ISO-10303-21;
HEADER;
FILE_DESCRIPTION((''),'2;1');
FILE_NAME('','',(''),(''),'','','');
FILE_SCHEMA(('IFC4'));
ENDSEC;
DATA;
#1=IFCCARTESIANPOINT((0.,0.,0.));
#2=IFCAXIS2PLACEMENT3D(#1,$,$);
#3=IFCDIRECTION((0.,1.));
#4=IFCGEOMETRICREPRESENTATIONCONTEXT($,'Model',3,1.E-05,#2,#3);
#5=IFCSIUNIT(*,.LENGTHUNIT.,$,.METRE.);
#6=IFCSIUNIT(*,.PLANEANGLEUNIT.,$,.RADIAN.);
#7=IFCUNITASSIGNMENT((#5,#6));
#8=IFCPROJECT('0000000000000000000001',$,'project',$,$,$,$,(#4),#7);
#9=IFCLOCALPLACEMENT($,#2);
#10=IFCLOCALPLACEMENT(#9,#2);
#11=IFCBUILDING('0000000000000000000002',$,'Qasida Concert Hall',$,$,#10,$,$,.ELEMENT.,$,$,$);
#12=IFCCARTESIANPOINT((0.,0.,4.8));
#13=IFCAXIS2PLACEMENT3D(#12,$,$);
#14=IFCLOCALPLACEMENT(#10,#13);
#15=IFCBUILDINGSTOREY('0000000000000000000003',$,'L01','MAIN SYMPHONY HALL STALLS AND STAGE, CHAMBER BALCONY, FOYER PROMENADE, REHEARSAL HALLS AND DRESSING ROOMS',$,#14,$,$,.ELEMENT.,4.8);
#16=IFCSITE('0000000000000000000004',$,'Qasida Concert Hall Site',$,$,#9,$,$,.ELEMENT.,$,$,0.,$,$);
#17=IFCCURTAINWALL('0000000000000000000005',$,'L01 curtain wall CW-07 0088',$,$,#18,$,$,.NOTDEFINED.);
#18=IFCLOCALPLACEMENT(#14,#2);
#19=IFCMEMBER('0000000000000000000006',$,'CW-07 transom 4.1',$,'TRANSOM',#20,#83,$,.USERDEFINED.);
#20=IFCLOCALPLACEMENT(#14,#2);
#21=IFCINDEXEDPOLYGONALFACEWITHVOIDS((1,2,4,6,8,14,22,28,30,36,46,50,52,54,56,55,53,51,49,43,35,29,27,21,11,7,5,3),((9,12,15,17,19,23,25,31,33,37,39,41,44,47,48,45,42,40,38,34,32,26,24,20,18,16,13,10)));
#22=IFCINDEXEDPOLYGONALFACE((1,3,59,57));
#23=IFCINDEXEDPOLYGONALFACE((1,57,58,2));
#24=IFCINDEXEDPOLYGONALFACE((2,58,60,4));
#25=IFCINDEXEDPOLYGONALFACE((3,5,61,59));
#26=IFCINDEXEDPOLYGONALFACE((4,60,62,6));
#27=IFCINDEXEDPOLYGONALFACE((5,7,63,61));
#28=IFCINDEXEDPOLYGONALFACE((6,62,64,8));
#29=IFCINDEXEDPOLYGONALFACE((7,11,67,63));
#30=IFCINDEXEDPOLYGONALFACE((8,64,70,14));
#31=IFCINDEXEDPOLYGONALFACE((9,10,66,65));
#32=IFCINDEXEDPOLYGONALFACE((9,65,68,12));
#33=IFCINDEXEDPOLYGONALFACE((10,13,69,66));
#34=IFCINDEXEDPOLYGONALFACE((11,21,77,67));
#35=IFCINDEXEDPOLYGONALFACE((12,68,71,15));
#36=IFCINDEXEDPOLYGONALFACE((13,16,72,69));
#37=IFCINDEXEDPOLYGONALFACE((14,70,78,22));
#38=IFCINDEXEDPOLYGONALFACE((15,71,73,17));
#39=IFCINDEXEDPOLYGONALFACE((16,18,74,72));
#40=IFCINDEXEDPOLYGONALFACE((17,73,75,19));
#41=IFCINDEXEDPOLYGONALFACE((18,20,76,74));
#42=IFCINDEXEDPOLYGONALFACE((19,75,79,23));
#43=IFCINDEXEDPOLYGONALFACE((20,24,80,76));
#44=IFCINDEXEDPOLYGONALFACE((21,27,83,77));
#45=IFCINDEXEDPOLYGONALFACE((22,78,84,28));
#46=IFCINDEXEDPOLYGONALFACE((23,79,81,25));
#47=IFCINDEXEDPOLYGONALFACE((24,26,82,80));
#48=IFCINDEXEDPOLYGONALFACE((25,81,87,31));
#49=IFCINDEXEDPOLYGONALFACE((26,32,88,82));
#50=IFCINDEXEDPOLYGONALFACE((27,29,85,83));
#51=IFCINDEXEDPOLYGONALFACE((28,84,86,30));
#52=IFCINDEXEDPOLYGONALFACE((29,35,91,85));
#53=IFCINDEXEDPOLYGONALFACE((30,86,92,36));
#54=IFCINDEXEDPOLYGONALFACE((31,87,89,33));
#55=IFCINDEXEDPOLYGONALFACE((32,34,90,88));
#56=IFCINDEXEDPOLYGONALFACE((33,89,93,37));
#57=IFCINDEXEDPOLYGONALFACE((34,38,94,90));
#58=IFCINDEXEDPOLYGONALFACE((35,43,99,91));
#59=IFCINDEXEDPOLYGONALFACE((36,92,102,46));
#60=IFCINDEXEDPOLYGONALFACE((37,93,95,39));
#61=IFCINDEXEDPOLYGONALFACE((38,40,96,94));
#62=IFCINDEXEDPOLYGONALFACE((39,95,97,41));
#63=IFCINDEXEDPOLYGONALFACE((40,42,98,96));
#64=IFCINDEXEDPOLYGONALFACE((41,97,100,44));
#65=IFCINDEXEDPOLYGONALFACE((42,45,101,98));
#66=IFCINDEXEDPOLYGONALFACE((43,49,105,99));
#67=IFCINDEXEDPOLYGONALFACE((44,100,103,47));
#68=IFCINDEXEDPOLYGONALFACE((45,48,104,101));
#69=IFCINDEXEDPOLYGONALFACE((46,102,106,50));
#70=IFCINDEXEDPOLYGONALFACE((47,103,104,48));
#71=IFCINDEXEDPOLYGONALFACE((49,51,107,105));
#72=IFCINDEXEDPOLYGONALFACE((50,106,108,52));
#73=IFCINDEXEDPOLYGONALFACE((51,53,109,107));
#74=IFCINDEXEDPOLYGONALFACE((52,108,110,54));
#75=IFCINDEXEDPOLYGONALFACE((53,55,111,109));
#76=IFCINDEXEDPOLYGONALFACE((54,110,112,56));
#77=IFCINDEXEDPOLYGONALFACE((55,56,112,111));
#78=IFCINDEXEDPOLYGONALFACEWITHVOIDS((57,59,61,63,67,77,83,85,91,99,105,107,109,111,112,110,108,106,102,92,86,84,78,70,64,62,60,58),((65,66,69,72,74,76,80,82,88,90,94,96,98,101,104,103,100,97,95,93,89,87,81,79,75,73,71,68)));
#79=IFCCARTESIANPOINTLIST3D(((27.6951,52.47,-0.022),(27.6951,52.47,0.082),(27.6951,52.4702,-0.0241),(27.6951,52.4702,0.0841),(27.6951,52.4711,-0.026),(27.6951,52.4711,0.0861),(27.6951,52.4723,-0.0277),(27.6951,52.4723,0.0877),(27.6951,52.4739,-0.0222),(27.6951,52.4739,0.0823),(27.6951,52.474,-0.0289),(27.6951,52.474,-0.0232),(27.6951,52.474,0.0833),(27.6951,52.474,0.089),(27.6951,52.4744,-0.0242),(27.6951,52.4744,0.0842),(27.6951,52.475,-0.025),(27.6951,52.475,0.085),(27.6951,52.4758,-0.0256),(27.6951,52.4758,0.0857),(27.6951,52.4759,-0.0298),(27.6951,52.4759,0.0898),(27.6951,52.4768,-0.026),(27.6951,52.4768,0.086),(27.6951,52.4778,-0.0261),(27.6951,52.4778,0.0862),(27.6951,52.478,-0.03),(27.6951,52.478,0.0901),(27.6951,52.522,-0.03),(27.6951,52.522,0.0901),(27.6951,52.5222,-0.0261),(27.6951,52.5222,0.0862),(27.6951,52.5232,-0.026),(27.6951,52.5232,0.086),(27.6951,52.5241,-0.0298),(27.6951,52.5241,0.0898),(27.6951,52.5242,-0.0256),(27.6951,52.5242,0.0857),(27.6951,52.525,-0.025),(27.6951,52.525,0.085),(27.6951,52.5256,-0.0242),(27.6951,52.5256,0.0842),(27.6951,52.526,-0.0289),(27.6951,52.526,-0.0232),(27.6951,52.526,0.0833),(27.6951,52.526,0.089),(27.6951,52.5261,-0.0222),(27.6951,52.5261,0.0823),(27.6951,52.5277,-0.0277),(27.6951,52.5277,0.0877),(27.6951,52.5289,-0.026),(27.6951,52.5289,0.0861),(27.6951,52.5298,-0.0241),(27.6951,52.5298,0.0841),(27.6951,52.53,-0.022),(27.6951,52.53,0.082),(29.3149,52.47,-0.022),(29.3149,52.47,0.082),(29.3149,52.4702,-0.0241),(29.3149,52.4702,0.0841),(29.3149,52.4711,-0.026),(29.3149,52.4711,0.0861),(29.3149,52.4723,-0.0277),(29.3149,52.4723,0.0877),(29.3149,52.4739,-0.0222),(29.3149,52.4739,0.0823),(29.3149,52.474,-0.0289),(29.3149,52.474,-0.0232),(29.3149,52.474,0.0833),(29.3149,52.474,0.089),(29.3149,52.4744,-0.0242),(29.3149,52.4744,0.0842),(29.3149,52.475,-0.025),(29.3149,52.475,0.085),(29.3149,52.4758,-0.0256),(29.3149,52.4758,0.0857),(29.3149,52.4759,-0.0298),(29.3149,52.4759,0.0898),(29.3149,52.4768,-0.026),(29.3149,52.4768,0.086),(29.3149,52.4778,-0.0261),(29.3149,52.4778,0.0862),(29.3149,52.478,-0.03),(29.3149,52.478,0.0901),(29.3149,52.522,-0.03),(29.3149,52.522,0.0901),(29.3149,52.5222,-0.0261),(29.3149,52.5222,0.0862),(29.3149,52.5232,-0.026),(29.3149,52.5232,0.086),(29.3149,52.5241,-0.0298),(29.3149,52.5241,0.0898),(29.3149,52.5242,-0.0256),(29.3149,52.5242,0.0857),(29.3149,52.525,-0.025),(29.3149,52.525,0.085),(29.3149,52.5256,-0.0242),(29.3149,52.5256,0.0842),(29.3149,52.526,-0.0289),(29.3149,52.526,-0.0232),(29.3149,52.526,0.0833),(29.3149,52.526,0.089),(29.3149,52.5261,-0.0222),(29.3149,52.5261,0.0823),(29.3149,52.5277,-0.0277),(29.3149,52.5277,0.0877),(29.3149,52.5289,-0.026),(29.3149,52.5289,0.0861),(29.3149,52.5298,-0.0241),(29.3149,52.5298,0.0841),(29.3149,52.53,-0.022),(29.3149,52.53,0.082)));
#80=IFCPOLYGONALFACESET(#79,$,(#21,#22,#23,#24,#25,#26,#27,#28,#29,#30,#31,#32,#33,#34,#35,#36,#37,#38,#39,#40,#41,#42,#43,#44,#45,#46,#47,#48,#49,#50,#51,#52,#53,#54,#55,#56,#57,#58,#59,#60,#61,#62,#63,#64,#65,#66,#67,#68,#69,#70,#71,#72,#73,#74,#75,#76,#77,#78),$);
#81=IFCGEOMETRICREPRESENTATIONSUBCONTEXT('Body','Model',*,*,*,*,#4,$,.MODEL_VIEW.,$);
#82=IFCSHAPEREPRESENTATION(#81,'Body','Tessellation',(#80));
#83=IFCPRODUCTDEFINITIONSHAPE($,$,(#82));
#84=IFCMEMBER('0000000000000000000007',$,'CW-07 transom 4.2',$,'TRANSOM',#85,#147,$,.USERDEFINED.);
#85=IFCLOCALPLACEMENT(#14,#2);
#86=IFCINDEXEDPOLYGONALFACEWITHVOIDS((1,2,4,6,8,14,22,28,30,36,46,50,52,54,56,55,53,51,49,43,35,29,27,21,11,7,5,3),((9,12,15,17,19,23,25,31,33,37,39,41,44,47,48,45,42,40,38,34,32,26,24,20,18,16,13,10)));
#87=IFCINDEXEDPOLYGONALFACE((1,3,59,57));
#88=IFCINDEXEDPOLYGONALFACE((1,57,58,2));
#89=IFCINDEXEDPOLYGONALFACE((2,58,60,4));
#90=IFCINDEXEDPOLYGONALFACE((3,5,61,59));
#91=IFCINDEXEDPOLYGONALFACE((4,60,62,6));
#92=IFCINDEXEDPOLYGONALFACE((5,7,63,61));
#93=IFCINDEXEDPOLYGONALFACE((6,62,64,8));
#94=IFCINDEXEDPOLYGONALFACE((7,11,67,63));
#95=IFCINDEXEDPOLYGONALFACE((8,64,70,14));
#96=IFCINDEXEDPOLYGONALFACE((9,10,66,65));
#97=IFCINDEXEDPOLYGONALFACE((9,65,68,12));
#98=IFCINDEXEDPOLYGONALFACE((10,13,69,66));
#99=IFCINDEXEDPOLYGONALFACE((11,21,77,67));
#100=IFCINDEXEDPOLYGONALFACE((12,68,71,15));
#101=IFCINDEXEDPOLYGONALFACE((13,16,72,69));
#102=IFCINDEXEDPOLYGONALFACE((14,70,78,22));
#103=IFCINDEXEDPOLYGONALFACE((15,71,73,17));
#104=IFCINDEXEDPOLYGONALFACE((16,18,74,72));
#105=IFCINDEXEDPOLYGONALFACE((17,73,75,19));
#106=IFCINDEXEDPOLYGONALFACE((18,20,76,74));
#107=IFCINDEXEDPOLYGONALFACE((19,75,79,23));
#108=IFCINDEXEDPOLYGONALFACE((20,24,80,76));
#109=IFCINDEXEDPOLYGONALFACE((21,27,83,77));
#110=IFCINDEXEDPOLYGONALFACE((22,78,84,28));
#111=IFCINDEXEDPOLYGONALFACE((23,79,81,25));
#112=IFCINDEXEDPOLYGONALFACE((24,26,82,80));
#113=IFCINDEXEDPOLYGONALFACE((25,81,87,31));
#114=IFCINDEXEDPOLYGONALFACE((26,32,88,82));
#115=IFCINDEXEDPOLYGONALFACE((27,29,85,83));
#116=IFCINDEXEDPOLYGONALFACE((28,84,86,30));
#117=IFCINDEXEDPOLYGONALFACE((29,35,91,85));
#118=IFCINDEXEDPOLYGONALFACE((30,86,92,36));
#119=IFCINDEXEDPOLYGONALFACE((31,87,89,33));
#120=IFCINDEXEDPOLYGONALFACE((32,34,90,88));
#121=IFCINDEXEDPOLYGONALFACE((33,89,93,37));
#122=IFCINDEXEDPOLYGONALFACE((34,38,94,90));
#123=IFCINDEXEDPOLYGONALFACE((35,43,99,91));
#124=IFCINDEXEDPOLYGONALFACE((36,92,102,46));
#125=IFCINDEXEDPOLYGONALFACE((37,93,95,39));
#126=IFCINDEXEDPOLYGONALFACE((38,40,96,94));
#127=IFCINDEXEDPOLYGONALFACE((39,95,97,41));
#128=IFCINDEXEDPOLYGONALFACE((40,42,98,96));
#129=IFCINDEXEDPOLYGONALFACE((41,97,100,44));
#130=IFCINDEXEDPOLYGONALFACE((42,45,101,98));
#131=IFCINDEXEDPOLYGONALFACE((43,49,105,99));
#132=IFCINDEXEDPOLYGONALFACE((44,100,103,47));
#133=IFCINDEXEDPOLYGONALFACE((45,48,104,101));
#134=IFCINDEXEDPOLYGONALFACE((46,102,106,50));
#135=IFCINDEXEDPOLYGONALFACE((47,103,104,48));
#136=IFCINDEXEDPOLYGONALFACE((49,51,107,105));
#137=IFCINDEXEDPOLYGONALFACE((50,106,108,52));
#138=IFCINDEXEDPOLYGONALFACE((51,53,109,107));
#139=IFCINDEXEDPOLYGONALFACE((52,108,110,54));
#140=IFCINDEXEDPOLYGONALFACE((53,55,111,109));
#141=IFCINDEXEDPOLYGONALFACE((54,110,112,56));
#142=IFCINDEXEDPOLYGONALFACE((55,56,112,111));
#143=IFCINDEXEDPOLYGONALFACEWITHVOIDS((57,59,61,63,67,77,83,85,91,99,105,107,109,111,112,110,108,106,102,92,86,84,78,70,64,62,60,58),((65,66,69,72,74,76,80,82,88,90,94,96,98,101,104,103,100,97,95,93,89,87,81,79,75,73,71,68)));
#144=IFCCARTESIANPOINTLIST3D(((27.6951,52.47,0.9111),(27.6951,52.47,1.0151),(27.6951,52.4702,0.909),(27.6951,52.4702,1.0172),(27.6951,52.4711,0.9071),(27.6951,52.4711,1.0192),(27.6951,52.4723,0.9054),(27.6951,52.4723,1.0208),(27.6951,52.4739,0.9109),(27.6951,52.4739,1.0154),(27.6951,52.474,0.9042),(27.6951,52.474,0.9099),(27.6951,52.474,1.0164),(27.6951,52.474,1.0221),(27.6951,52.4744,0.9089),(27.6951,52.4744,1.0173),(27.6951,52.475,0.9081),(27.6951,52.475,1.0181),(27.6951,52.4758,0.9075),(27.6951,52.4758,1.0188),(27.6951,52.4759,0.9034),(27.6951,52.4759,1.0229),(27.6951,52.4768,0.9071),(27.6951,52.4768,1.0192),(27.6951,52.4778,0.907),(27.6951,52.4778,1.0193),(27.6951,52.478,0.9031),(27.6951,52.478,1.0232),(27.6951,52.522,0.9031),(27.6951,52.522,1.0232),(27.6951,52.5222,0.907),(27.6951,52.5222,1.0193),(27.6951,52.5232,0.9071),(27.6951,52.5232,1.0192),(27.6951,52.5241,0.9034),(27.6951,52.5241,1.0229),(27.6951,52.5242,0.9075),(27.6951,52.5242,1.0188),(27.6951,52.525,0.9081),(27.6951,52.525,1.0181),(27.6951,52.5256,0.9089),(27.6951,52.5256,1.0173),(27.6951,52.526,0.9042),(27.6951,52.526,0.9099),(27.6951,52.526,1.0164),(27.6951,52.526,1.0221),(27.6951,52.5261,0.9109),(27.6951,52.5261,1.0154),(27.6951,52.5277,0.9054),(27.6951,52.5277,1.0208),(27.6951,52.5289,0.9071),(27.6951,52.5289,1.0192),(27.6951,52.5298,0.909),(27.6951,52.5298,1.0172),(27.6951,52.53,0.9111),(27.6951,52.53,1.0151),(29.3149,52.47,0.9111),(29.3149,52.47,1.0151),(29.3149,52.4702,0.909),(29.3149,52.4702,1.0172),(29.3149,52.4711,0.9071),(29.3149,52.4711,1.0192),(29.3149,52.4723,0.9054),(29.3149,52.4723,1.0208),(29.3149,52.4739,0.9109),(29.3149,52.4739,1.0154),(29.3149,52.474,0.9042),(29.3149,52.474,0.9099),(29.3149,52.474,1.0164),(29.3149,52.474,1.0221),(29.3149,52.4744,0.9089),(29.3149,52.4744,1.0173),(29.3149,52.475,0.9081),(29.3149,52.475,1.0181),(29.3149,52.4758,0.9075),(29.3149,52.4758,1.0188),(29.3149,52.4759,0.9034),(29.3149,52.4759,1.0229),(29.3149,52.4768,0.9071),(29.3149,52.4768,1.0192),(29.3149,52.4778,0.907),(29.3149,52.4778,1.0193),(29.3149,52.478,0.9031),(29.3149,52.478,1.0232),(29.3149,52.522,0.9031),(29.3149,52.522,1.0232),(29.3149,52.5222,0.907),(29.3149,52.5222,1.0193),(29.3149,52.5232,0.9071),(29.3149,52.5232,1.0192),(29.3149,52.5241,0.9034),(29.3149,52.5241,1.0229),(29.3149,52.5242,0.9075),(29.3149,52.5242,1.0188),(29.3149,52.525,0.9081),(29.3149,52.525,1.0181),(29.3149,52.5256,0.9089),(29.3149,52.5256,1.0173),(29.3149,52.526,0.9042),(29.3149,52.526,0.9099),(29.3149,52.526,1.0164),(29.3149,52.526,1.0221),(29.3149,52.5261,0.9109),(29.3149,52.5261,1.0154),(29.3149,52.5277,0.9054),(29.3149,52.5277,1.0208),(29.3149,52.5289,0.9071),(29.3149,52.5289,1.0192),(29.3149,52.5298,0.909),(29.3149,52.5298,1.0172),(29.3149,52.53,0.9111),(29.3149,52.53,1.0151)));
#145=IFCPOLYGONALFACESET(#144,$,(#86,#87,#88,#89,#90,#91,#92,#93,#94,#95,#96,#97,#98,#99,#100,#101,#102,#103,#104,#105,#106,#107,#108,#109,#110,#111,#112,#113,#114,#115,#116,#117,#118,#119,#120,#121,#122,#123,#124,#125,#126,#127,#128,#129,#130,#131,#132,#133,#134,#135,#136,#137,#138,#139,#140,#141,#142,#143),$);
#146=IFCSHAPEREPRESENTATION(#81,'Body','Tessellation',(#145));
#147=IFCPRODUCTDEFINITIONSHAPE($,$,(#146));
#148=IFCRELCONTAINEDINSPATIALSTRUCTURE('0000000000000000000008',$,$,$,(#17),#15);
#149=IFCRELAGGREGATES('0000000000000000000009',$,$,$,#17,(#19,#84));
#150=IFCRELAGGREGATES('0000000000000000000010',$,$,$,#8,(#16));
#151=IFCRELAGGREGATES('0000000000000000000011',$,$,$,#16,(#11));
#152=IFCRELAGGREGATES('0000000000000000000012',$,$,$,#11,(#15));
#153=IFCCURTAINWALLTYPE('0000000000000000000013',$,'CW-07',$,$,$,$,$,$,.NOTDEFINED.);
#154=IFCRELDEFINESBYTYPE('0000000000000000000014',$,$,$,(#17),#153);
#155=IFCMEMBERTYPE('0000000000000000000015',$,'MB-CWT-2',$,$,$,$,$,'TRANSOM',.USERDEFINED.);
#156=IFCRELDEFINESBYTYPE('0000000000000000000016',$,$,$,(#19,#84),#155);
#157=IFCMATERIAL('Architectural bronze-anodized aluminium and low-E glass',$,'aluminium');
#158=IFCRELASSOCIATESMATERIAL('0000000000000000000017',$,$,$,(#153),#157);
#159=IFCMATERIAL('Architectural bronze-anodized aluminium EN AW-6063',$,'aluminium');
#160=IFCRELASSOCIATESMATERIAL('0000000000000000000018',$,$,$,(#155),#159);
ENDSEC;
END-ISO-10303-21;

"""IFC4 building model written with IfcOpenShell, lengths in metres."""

from ifc_helpers import new_model, si_unit, direction, frame, origin, origin_2d, place, context, subcontext, project, spatial, hollow_rectangle, extrude, material, material_profile, profile_set, type_object, element, aggregate, save


model = new_model("IFC4")

# Units and contexts
model_context = context("Model", 3, precision=1e-05, world=origin(), true_north=direction((0.0, 1.0)))
body_context = subcontext(model_context, "Body", "Model", "MODEL_VIEW")
ifc_project = project(units=[si_unit("LENGTHUNIT", "METRE"), si_unit("PLANEANGLEUNIT", "RADIAN")], contexts=[model_context])

# Site, building, storey
site_placement = place(None, origin())
site = spatial("IfcSite", under=ifc_project, at=site_placement, Name="Qasida Concert Hall Site", CompositionType="ELEMENT", RefElevation=0.0)
building_placement = place(site_placement, origin())
building = spatial("IfcBuilding", under=site, at=building_placement, Name="Qasida Concert Hall", CompositionType="ELEMENT")
storey_placement = place(building_placement, frame((0.0, 0.0, 4.8)))
storey = spatial("IfcBuildingStorey", under=building, at=storey_placement, Name="L01", Description="MAIN SYMPHONY HALL STALLS AND STAGE, CHAMBER BALCONY, FOYER PROMENADE, REHEARSAL HALLS AND DRESSING ROOMS", CompositionType="ELEMENT", Elevation=4.8)

# Curtain wall, members
ifc_material_1 = material(Name="Architectural bronze-anodized aluminium and low-E glass", Category="aluminium")
curtain_wall_type = type_object("IfcCurtainWallType", Name="CW-07", PredefinedType="NOTDEFINED", material=ifc_material_1)
curtain_wall_placement = place(storey_placement, origin())
curtain_wall = element("IfcCurtainWall", 1, at=curtain_wall_placement, inside=storey, type_object=curtain_wall_type, Name="L01 curtain wall CW-07 0088", PredefinedType="NOTDEFINED")
ifc_material_2 = material(Name="Architectural bronze-anodized aluminium EN AW-6063", Category="aluminium")
ifc_material_profile_1 = material_profile(ifc_material_2, hollow_rectangle(XDim=0.0601, YDim=0.1201, WallThickness=0.0039, InnerFilletRadius=0.0039, OuterFilletRadius=0.0081, at=origin_2d()), Name="CWT 120x60x4")
ifc_profile_set_1 = profile_set([ifc_material_profile_1], Name="Architectural bronze-anodized aluminium EN AW-6063")
member_type_1 = type_object("IfcMemberType", Name="MB-CWT-2", ElementType="TRANSOM", PredefinedType="USERDEFINED", material=ifc_profile_set_1)
member_1_placement = place(storey_placement, frame((27.6951, 52.5, 0.03), z_axis=(1.0, 0.0, 0.0), x_axis=(0.0, 1.0, 0.0)))
member_1 = element("IfcMember", 2, at=member_1_placement, type_object=member_type_1, Name="CW-07 transom 4.1", ObjectType="TRANSOM", PredefinedType="USERDEFINED", context=body_context, shape_type="SweptSolid", body=[
    extrude(hollow_rectangle(XDim=0.0601, YDim=0.1201, WallThickness=0.0039, InnerFilletRadius=0.0039, OuterFilletRadius=0.0081, at=origin_2d()), origin(), (0.0, 0.0, 1.0), 1.6199),
])
member_2_placement = place(storey_placement, frame((27.6951, 52.5, 0.9631), z_axis=(1.0, 0.0, 0.0), x_axis=(0.0, 1.0, 0.0)))
member_2 = element("IfcMember", 3, at=member_2_placement, type_object=member_type_1, Name="CW-07 transom 4.2", ObjectType="TRANSOM", PredefinedType="USERDEFINED", context=body_context, shape_type="SweptSolid", body=[
    extrude(hollow_rectangle(XDim=0.0601, YDim=0.1201, WallThickness=0.0039, InnerFilletRadius=0.0039, OuterFilletRadius=0.0081, at=origin_2d()), origin(), (0.0, 0.0, 1.0), 1.6199),
])
aggregate(curtain_wall, [member_1, member_2])

save(model, "model.ifc")
